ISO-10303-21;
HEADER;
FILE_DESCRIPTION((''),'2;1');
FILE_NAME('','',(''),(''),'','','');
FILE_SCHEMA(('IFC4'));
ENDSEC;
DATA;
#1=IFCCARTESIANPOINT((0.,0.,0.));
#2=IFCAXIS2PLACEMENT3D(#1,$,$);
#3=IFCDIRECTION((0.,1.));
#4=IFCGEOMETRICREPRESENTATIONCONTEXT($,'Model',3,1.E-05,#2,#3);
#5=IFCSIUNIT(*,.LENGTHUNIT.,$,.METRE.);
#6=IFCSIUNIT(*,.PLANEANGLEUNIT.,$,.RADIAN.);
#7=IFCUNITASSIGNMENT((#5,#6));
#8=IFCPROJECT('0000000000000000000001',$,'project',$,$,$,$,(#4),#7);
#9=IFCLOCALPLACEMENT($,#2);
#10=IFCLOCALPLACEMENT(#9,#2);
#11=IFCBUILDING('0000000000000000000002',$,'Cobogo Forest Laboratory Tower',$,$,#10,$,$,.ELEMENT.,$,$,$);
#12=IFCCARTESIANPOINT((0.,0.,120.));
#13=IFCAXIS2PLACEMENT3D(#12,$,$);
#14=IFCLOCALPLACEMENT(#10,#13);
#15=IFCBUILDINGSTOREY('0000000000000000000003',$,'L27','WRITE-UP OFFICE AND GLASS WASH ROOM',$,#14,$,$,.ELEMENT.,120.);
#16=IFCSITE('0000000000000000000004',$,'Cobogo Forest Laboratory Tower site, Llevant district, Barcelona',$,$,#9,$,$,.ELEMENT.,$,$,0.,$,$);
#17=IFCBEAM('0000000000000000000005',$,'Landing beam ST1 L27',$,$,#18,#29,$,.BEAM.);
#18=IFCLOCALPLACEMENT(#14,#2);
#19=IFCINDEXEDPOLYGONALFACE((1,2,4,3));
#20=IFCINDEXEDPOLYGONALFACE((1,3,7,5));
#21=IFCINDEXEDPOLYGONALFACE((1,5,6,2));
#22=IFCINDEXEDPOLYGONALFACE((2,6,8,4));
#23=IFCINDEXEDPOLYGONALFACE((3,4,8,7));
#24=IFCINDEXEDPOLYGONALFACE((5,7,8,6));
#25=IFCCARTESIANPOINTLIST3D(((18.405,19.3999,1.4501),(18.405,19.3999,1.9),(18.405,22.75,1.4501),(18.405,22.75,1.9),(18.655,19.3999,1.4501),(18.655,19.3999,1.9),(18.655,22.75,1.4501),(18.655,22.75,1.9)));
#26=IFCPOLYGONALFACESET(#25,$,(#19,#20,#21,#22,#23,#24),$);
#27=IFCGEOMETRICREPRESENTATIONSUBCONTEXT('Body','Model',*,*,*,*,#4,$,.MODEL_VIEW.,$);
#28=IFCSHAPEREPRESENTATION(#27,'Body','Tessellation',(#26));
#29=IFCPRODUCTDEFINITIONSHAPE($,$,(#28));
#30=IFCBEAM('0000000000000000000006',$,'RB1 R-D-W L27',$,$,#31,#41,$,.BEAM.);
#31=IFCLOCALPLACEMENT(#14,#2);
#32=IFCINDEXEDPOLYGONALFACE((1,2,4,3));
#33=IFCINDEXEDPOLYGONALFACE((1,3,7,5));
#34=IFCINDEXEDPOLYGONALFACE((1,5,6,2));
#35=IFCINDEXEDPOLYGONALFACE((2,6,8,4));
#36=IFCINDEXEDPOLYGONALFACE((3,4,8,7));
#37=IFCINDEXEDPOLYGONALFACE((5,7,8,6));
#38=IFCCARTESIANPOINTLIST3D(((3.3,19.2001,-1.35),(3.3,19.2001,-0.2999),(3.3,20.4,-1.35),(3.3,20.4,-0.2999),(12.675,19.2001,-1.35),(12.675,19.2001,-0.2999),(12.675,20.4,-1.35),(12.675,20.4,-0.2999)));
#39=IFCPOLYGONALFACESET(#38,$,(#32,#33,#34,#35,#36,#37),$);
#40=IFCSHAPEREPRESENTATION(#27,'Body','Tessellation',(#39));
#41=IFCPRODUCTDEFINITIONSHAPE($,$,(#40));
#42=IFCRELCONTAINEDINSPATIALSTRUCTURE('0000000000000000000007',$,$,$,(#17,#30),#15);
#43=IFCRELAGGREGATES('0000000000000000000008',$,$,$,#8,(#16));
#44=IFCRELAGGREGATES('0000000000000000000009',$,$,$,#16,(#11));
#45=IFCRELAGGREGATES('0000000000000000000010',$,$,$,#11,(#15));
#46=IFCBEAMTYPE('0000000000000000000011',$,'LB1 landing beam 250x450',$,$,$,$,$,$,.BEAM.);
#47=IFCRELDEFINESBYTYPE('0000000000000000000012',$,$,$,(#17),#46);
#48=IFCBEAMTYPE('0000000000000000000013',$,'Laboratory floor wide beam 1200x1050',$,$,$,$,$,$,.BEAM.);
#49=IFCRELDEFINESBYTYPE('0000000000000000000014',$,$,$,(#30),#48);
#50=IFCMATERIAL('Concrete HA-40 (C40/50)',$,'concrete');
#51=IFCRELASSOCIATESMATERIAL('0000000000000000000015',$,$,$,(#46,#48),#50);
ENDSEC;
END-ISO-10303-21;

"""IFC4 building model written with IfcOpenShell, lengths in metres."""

from ifc_helpers import new_model, si_unit, direction, frame, origin, origin_2d, place, context, subcontext, project, spatial, rectangle, extrude, material, material_profile, profile_set, type_object, element, save


model = new_model("IFC4")

# Units and contexts
model_context = context("Model", 3, precision=1e-05, world=origin(), true_north=direction((0.0, 1.0)))
body_context = subcontext(model_context, "Body", "Model", "MODEL_VIEW")
ifc_project = project(units=[si_unit("LENGTHUNIT", "METRE"), si_unit("PLANEANGLEUNIT", "RADIAN")], contexts=[model_context])

# Site, building, storey
site_placement = place(None, origin())
site = spatial("IfcSite", under=ifc_project, at=site_placement, Name="Cobogo Forest Laboratory Tower site, Llevant district, Barcelona", CompositionType="ELEMENT", RefElevation=0.0)
building_placement = place(site_placement, origin())
building = spatial("IfcBuilding", under=site, at=building_placement, Name="Cobogo Forest Laboratory Tower", CompositionType="ELEMENT")
storey_placement = place(building_placement, frame((0.0, 0.0, 120.0)))
storey = spatial("IfcBuildingStorey", under=building, at=storey_placement, Name="L27", Description="WRITE-UP OFFICE AND GLASS WASH ROOM", CompositionType="ELEMENT", Elevation=120.0)

# Beams
ifc_material_1 = material(Name="Concrete HA-40 (C40/50)", Category="concrete")
ifc_material_profile_1 = material_profile(ifc_material_1, rectangle(XDim=0.25, YDim=0.45, at=origin_2d()), Name="RC 250x450")
ifc_profile_set_1 = profile_set([ifc_material_profile_1], Name="Concrete HA-40 (C40/50)")
beam_type_1 = type_object("IfcBeamType", Name="LB1 landing beam 250x450", PredefinedType="BEAM", material=ifc_profile_set_1)
beam_1_placement = place(storey_placement, frame((18.53, 19.3999, 1.675), z_axis=(0.0, 1.0, 0.0), x_axis=(-1.0, 0.0, 0.0)))
element("IfcBeam", 1, at=beam_1_placement, inside=storey, type_object=beam_type_1, Name="Landing beam ST1 L27", PredefinedType="BEAM", context=body_context, shape_type="SweptSolid", body=[
    extrude(rectangle(XDim=0.25, YDim=0.45, at=origin_2d()), origin(), (0.0, 0.0, 1.0), 3.3501),
])
ifc_material_profile_2 = material_profile(ifc_material_1, rectangle(XDim=1.2, YDim=1.05, at=origin_2d()), Name="RC 1200x1050")
ifc_profile_set_2 = profile_set([ifc_material_profile_2], Name="Concrete HA-40 (C40/50)")
beam_type_2 = type_object("IfcBeamType", Name="Laboratory floor wide beam 1200x1050", PredefinedType="BEAM", material=ifc_profile_set_2)
beam_2_placement = place(storey_placement, frame((12.675, 19.8, -0.825), z_axis=(-1.0, 0.0, 0.0), x_axis=(0.0, -1.0, 0.0)))
element("IfcBeam", 2, at=beam_2_placement, inside=storey, type_object=beam_type_2, Name="RB1 R-D-W L27", PredefinedType="BEAM", context=body_context, shape_type="SweptSolid", body=[
    extrude(rectangle(XDim=1.2, YDim=1.05, at=origin_2d()), origin(), (0.0, 0.0, 1.0), 9.375),
])

save(model, "model.ifc")
